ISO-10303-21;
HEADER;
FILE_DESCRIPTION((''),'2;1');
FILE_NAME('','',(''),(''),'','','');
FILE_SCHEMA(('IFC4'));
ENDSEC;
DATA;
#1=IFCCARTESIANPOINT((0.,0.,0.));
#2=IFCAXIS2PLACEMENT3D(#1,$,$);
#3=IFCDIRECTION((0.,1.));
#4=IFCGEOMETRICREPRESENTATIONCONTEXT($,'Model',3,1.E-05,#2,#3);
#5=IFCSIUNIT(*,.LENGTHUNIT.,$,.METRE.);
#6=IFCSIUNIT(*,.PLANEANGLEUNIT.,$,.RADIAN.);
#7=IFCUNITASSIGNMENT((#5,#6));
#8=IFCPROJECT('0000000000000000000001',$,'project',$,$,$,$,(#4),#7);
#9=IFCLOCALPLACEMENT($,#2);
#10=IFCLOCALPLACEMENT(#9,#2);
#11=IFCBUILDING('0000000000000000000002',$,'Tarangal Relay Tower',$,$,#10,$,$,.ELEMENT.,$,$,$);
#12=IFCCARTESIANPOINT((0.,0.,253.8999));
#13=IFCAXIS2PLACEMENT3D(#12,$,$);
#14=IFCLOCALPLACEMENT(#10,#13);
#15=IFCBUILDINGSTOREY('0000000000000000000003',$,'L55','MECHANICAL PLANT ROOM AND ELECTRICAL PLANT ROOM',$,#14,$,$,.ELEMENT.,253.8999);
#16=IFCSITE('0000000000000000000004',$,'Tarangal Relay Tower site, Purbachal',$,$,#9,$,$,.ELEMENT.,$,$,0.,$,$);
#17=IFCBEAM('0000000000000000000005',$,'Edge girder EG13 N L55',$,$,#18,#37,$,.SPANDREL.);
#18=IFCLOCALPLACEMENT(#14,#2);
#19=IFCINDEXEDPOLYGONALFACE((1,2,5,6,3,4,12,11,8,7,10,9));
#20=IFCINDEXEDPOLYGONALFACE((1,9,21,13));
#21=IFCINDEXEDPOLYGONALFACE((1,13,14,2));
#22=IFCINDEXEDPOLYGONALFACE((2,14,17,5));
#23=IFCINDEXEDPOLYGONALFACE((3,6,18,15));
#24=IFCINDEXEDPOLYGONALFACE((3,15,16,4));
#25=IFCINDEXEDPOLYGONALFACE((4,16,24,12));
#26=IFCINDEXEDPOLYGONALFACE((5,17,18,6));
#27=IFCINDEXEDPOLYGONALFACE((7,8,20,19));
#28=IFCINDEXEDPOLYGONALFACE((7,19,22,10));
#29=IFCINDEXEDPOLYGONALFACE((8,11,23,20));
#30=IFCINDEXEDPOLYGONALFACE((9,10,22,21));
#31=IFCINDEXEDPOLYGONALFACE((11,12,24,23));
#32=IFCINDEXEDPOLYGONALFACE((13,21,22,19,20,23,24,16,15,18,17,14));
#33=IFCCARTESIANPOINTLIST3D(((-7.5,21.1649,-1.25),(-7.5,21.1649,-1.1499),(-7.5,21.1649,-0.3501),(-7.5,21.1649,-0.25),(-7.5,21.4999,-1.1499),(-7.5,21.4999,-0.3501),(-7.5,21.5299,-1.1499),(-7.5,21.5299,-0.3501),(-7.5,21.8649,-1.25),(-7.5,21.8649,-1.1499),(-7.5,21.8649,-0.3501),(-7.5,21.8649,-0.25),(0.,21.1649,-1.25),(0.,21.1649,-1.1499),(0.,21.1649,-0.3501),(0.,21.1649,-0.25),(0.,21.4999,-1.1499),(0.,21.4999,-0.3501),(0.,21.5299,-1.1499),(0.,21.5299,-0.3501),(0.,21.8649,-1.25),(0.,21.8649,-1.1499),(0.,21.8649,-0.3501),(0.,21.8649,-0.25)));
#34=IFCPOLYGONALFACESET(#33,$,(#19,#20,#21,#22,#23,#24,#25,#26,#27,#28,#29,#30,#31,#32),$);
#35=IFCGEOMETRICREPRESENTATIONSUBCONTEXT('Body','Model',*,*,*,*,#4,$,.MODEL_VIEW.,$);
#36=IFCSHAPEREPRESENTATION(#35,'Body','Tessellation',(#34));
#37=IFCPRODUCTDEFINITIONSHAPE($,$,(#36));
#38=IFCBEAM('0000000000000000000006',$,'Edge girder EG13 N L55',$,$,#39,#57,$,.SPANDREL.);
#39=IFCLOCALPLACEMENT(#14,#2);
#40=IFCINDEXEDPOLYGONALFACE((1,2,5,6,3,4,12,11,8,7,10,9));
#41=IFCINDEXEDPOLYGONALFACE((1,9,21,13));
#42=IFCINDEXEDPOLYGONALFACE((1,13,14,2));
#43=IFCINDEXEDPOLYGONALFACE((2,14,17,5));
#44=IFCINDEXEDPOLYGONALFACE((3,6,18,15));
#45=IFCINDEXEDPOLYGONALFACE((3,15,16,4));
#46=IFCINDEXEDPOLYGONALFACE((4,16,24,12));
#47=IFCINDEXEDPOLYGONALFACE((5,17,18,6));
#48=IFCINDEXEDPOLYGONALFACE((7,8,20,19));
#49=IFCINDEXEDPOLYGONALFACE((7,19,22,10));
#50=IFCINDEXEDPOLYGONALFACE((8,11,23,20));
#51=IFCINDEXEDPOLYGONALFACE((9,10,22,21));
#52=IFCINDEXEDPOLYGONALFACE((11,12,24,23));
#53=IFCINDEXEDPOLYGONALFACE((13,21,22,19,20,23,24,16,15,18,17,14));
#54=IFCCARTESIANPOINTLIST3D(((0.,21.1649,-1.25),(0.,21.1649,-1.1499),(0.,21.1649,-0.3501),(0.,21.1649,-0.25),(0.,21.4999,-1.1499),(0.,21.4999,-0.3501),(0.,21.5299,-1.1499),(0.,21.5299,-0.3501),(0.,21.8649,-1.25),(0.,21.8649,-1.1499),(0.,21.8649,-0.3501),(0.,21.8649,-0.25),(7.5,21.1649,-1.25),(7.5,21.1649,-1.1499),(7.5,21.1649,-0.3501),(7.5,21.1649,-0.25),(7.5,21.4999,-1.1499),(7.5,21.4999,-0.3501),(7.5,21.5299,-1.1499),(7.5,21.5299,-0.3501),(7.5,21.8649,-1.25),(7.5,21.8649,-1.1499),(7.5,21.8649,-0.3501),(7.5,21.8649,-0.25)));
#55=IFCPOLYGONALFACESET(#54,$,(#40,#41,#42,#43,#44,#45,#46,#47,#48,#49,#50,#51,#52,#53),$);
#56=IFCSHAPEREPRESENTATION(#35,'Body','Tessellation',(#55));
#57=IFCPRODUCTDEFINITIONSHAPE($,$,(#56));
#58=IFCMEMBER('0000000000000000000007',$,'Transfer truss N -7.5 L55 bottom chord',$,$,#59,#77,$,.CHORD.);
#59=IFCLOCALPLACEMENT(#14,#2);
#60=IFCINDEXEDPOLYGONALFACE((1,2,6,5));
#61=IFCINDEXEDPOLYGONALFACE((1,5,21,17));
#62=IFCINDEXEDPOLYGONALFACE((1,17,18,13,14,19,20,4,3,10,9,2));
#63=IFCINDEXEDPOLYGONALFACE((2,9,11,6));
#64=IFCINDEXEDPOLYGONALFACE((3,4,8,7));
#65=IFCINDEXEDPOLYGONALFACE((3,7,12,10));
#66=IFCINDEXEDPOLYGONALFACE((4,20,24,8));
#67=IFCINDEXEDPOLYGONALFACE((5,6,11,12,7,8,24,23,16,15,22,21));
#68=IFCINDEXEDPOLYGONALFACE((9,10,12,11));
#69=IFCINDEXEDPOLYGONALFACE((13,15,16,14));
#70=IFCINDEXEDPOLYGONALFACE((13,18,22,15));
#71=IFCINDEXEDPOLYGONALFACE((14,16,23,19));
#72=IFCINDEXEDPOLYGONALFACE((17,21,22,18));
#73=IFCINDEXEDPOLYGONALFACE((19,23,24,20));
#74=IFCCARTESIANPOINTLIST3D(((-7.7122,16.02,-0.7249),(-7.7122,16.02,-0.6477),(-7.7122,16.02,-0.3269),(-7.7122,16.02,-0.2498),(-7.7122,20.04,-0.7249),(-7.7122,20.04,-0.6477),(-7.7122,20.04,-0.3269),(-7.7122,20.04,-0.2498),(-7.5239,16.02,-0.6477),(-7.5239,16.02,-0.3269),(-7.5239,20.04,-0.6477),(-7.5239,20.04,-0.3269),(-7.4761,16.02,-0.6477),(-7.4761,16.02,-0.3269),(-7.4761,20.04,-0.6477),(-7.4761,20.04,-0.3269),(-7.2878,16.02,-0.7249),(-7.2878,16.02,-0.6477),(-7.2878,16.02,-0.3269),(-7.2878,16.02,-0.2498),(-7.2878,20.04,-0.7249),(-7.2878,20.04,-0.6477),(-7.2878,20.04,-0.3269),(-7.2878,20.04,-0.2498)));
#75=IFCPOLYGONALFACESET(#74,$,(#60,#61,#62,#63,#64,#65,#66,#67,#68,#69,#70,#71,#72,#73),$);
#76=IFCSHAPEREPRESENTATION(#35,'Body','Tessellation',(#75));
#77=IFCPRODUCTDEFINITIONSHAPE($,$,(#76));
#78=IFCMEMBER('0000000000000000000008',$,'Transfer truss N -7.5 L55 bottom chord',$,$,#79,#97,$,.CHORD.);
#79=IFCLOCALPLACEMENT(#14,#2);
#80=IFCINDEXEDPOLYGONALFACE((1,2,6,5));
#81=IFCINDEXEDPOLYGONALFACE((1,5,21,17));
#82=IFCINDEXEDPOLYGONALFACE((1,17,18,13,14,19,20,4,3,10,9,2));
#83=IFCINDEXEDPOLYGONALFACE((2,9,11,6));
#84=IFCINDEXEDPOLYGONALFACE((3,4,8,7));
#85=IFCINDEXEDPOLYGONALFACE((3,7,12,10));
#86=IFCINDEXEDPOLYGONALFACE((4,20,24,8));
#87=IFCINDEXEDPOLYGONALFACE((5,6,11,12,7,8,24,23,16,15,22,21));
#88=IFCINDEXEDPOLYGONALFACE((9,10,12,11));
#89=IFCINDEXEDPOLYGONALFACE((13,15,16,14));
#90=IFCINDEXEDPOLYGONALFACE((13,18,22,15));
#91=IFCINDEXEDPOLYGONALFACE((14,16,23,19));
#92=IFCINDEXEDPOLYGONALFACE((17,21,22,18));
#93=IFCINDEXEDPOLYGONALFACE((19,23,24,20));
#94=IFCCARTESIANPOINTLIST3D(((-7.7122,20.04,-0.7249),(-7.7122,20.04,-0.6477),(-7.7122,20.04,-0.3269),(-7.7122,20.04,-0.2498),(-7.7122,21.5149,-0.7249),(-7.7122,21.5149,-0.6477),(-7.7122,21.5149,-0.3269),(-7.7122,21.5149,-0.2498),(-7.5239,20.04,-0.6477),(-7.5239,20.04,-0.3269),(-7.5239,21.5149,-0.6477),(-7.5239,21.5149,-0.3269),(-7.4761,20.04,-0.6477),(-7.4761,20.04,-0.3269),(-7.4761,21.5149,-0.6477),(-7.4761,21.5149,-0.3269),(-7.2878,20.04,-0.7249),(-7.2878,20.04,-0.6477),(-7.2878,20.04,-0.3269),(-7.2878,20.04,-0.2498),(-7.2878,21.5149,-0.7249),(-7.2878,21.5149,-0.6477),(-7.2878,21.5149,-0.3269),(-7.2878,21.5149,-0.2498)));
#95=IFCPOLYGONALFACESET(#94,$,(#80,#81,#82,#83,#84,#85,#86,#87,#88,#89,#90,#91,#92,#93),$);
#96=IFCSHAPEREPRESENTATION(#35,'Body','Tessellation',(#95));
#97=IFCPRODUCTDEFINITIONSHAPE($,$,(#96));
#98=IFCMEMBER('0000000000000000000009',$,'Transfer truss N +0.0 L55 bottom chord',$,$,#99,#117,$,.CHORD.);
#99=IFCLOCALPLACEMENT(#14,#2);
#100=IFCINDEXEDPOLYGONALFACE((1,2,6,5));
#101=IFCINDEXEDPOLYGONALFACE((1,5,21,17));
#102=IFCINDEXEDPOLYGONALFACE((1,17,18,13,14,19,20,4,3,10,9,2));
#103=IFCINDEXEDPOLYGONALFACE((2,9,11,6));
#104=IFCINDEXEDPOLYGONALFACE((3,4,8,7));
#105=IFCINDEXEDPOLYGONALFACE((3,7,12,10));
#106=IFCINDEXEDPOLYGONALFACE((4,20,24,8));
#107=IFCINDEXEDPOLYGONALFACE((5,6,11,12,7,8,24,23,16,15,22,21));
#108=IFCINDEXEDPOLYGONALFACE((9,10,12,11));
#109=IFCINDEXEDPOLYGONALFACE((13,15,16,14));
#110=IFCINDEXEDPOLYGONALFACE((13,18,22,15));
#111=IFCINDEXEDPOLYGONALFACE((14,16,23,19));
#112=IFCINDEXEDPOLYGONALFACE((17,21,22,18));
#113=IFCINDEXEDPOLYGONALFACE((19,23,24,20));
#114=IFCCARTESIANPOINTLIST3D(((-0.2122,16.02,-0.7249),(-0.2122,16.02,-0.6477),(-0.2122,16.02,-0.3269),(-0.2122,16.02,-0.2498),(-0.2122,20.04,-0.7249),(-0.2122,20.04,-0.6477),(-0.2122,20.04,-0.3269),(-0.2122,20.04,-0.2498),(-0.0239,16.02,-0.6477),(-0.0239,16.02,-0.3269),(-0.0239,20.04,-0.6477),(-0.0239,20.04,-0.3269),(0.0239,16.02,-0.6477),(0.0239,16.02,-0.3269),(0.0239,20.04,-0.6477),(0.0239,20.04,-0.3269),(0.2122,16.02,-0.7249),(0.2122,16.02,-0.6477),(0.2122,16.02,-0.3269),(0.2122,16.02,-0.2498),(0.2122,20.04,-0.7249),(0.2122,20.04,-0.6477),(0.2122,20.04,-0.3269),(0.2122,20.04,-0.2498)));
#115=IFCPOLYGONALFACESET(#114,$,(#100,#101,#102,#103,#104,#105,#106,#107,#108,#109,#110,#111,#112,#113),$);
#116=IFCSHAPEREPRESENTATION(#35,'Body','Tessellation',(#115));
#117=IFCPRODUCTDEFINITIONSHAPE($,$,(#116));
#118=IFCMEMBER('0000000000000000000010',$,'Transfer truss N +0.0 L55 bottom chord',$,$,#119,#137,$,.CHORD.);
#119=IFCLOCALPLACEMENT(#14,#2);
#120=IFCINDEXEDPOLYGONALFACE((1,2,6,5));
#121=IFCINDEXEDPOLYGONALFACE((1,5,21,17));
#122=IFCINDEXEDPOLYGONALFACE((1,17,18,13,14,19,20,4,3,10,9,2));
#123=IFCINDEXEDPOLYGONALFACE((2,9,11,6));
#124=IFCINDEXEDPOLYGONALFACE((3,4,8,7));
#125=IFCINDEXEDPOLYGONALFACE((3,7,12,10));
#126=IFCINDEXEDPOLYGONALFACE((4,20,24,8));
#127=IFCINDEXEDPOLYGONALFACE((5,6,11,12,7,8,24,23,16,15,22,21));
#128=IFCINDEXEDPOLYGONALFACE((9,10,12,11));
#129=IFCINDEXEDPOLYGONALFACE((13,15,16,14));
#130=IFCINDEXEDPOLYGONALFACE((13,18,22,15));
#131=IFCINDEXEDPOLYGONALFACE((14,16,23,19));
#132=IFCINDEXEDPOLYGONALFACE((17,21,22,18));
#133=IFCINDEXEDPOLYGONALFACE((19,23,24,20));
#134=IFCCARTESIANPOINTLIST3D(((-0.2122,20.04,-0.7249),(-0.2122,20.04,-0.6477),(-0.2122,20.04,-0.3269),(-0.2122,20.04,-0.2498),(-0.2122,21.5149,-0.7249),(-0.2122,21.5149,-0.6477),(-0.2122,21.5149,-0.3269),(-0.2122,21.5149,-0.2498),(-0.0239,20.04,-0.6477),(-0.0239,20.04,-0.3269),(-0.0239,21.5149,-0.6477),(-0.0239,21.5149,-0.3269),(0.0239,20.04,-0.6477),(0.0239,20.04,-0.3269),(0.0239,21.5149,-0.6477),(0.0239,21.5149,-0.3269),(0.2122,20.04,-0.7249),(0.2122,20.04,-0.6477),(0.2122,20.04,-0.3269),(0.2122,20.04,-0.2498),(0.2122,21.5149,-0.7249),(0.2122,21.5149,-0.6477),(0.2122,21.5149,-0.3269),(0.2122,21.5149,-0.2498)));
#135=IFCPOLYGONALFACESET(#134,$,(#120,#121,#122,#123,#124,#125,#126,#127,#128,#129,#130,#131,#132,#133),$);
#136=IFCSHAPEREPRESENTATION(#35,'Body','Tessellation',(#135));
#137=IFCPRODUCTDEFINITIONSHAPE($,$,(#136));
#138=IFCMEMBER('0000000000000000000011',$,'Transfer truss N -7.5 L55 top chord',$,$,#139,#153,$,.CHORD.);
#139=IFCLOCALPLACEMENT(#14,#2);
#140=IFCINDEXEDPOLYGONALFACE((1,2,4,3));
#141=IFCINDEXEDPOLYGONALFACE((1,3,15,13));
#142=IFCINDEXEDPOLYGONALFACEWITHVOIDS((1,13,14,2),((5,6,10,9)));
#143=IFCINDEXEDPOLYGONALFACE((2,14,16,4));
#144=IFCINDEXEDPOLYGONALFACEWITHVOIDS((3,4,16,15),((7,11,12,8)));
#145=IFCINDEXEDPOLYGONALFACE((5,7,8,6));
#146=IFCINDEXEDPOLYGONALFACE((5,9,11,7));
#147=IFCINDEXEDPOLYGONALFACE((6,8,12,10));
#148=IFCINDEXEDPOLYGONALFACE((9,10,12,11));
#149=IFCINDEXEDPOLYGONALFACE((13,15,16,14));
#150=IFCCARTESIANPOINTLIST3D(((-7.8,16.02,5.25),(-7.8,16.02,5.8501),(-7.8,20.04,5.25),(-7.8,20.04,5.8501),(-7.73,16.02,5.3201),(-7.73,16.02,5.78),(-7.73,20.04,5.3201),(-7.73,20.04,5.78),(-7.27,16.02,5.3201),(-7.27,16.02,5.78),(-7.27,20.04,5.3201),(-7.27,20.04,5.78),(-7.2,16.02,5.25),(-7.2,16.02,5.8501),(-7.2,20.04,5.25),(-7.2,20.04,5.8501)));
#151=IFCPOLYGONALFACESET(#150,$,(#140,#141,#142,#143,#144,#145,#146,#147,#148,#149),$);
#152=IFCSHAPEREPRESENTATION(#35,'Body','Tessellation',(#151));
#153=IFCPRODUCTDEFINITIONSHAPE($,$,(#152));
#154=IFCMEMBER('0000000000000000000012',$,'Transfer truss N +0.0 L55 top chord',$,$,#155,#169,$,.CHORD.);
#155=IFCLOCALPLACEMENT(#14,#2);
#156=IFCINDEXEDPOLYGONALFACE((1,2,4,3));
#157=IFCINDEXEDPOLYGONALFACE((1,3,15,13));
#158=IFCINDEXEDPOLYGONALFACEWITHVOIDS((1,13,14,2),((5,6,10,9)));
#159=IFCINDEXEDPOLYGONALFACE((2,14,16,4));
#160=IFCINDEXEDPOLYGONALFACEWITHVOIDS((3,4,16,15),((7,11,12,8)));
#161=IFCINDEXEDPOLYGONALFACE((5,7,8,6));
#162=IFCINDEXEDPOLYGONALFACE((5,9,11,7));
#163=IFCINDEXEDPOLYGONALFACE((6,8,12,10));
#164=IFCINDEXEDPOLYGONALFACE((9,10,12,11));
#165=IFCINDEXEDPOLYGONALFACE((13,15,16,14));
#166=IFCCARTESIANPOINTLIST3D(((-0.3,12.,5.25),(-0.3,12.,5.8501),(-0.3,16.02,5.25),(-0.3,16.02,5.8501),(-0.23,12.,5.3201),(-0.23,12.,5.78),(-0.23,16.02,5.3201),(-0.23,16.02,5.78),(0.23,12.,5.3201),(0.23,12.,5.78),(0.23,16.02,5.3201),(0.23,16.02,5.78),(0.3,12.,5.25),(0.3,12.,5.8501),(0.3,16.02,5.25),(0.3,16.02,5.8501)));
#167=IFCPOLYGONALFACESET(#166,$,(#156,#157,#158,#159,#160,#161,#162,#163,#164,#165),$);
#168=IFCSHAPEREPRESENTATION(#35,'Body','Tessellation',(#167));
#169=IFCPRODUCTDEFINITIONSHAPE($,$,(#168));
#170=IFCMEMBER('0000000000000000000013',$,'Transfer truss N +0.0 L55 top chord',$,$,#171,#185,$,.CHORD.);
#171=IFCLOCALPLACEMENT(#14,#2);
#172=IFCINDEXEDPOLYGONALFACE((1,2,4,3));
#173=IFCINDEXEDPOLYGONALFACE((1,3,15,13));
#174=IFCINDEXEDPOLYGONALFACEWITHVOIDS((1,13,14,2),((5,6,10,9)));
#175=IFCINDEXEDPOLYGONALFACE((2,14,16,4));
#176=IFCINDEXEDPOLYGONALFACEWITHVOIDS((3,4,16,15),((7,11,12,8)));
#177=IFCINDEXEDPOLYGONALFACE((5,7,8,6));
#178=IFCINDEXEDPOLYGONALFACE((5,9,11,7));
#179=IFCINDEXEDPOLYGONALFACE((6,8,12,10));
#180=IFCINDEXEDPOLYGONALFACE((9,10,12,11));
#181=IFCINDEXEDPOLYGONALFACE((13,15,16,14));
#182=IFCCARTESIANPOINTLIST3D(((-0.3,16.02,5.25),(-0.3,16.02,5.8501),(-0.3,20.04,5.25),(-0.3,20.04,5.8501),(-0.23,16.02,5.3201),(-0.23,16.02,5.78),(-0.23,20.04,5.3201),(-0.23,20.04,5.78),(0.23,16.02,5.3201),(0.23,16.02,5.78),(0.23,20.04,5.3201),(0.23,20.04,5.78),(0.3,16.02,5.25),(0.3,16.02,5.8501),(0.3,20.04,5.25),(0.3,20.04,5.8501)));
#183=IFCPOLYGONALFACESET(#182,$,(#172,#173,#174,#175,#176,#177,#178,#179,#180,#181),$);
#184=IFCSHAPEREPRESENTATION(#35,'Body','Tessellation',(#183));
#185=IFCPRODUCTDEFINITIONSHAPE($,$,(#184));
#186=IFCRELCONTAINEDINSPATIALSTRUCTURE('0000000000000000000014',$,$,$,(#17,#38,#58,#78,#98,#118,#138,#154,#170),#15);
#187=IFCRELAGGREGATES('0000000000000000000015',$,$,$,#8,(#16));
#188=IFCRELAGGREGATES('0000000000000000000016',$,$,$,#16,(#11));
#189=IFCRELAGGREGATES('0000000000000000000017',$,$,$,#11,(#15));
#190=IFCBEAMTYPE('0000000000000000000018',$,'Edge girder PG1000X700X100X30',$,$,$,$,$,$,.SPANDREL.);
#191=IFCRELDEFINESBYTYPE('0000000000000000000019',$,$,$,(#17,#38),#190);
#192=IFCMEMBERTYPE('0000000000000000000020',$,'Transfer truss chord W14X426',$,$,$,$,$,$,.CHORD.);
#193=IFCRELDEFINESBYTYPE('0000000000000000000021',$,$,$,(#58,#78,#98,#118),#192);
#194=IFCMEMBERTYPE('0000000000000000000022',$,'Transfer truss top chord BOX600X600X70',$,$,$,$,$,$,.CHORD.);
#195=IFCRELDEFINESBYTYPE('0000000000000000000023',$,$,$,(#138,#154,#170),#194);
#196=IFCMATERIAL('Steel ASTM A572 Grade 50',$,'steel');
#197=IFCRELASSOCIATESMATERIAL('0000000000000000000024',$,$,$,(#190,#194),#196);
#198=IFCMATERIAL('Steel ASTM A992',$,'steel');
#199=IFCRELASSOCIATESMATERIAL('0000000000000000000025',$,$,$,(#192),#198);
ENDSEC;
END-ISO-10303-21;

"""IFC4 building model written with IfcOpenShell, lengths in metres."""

from ifc_helpers import new_model, si_unit, direction, frame, origin, origin_2d, place, context, subcontext, project, spatial, hollow_rectangle, i_section, extrude, material, material_profile, profile_set, type_object, element, save


model = new_model("IFC4")

# Units and contexts
model_context = context("Model", 3, precision=1e-05, world=origin(), true_north=direction((0.0, 1.0)))
body_context = subcontext(model_context, "Body", "Model", "MODEL_VIEW")
ifc_project = project(units=[si_unit("LENGTHUNIT", "METRE"), si_unit("PLANEANGLEUNIT", "RADIAN")], contexts=[model_context])

# Site, building, storey
site_placement = place(None, origin())
site = spatial("IfcSite", under=ifc_project, at=site_placement, Name="Tarangal Relay Tower site, Purbachal", CompositionType="ELEMENT", RefElevation=0.0)
building_placement = place(site_placement, origin())
building = spatial("IfcBuilding", under=site, at=building_placement, Name="Tarangal Relay Tower", CompositionType="ELEMENT")
storey_placement = place(building_placement, frame((0.0, 0.0, 253.8999)))
storey = spatial("IfcBuildingStorey", under=building, at=storey_placement, Name="L55", Description="MECHANICAL PLANT ROOM AND ELECTRICAL PLANT ROOM", CompositionType="ELEMENT", Elevation=253.8999)

# Shared definitions
ifc_material_1 = material(Name="Steel ASTM A572 Grade 50", Category="steel")

# Shared definitions
ifc_material_2 = material(Name="Steel ASTM A992", Category="steel")

# Beams
ifc_material_profile_1 = material_profile(ifc_material_1, i_section(OverallWidth=0.7, OverallDepth=1.0, WebThickness=0.03, FlangeThickness=0.1001, at=origin_2d()), Name="PG1000X700X100X30")
ifc_profile_set_1 = profile_set([ifc_material_profile_1], Name="Steel ASTM A572 Grade 50")
beam_type = type_object("IfcBeamType", Name="Edge girder PG1000X700X100X30", PredefinedType="SPANDREL", material=ifc_profile_set_1)
for number, where, z_axis, x_axis, name in (
    (1, (-7.5, 21.5149, -0.75), (1.0, 0.0, 0.0), (0.0, 1.0, 0.0), "Edge girder EG13 N L55"),
    (2, (0.0, 21.5149, -0.75), (1.0, 0.0, 0.0), (0.0, 1.0, 0.0), "Edge girder EG13 N L55"),
):
    element("IfcBeam", number, at=place(storey_placement, frame(where, z_axis=z_axis, x_axis=x_axis)), inside=storey, type_object=beam_type, Name=name, PredefinedType="SPANDREL", context=body_context, shape_type="SweptSolid", body=[
        extrude(i_section(OverallWidth=0.7, OverallDepth=1.0, WebThickness=0.03, FlangeThickness=0.1001, at=origin_2d()), origin(), (0.0, 0.0, 1.0), 7.5),
    ])

# Members
ifc_material_profile_2 = material_profile(ifc_material_2, i_section(OverallWidth=0.4243, OverallDepth=0.4751, WebThickness=0.0479, FlangeThickness=0.0771, at=origin_2d()), Name="W14X426")
ifc_profile_set_2 = profile_set([ifc_material_profile_2], Name="Steel ASTM A992")
member_type_1 = type_object("IfcMemberType", Name="Transfer truss chord W14X426", PredefinedType="CHORD", material=ifc_profile_set_2)
member_1_placement = place(storey_placement, frame((-7.5, 16.02, -0.4873), z_axis=(0.0, 1.0, 0.0), x_axis=(-1.0, 0.0, 0.0)))
element("IfcMember", 3, at=member_1_placement, inside=storey, type_object=member_type_1, Name="Transfer truss N -7.5 L55 bottom chord", PredefinedType="CHORD", context=body_context, shape_type="SweptSolid", body=[
    extrude(i_section(OverallWidth=0.4243, OverallDepth=0.4751, WebThickness=0.0479, FlangeThickness=0.0771, at=origin_2d()), origin(), (0.0, 0.0, 1.0), 4.02),
])
member_2_placement = place(storey_placement, frame((-7.5, 20.04, -0.4873), z_axis=(0.0, 1.0, 0.0), x_axis=(-1.0, 0.0, 0.0)))
element("IfcMember", 4, at=member_2_placement, inside=storey, type_object=member_type_1, Name="Transfer truss N -7.5 L55 bottom chord", PredefinedType="CHORD", context=body_context, shape_type="SweptSolid", body=[
    extrude(i_section(OverallWidth=0.4243, OverallDepth=0.4751, WebThickness=0.0479, FlangeThickness=0.0771, at=origin_2d()), origin(), (0.0, 0.0, 1.0), 1.4749),
])
member_3_placement = place(storey_placement, frame((0.0, 16.02, -0.4873), z_axis=(0.0, 1.0, 0.0), x_axis=(-1.0, 0.0, 0.0)))
element("IfcMember", 5, at=member_3_placement, inside=storey, type_object=member_type_1, Name="Transfer truss N +0.0 L55 bottom chord", PredefinedType="CHORD", context=body_context, shape_type="SweptSolid", body=[
    extrude(i_section(OverallWidth=0.4243, OverallDepth=0.4751, WebThickness=0.0479, FlangeThickness=0.0771, at=origin_2d()), origin(), (0.0, 0.0, 1.0), 4.02),
])
member_4_placement = place(storey_placement, frame((0.0, 20.04, -0.4873), z_axis=(0.0, 1.0, 0.0), x_axis=(-1.0, 0.0, 0.0)))
element("IfcMember", 6, at=member_4_placement, inside=storey, type_object=member_type_1, Name="Transfer truss N +0.0 L55 bottom chord", PredefinedType="CHORD", context=body_context, shape_type="SweptSolid", body=[
    extrude(i_section(OverallWidth=0.4243, OverallDepth=0.4751, WebThickness=0.0479, FlangeThickness=0.0771, at=origin_2d()), origin(), (0.0, 0.0, 1.0), 1.4749),
])
ifc_material_profile_3 = material_profile(ifc_material_1, hollow_rectangle(XDim=0.6001, YDim=0.6001, WallThickness=0.0701, at=origin_2d()), Name="BOX600X600X70")
ifc_profile_set_3 = profile_set([ifc_material_profile_3], Name="Steel ASTM A572 Grade 50")
member_type_2 = type_object("IfcMemberType", Name="Transfer truss top chord BOX600X600X70", PredefinedType="CHORD", material=ifc_profile_set_3)
for number, where, z_axis, x_axis, name in (
    (7, (-7.5, 16.02, 5.55), (0.0, 1.0, 0.0), (-1.0, 0.0, 0.0), "Transfer truss N -7.5 L55 top chord"),
    (8, (0.0, 12.0, 5.55), (0.0, 1.0, 0.0), (-1.0, 0.0, 0.0), "Transfer truss N +0.0 L55 top chord"),
    (9, (0.0, 16.02, 5.55), (0.0, 1.0, 0.0), (-1.0, 0.0, 0.0), "Transfer truss N +0.0 L55 top chord"),
):
    element("IfcMember", number, at=place(storey_placement, frame(where, z_axis=z_axis, x_axis=x_axis)), inside=storey, type_object=member_type_2, Name=name, PredefinedType="CHORD", context=body_context, shape_type="SweptSolid", body=[
        extrude(hollow_rectangle(XDim=0.6001, YDim=0.6001, WallThickness=0.0701, at=origin_2d()), origin(), (0.0, 0.0, 1.0), 4.02),
    ])

save(model, "model.ifc")
